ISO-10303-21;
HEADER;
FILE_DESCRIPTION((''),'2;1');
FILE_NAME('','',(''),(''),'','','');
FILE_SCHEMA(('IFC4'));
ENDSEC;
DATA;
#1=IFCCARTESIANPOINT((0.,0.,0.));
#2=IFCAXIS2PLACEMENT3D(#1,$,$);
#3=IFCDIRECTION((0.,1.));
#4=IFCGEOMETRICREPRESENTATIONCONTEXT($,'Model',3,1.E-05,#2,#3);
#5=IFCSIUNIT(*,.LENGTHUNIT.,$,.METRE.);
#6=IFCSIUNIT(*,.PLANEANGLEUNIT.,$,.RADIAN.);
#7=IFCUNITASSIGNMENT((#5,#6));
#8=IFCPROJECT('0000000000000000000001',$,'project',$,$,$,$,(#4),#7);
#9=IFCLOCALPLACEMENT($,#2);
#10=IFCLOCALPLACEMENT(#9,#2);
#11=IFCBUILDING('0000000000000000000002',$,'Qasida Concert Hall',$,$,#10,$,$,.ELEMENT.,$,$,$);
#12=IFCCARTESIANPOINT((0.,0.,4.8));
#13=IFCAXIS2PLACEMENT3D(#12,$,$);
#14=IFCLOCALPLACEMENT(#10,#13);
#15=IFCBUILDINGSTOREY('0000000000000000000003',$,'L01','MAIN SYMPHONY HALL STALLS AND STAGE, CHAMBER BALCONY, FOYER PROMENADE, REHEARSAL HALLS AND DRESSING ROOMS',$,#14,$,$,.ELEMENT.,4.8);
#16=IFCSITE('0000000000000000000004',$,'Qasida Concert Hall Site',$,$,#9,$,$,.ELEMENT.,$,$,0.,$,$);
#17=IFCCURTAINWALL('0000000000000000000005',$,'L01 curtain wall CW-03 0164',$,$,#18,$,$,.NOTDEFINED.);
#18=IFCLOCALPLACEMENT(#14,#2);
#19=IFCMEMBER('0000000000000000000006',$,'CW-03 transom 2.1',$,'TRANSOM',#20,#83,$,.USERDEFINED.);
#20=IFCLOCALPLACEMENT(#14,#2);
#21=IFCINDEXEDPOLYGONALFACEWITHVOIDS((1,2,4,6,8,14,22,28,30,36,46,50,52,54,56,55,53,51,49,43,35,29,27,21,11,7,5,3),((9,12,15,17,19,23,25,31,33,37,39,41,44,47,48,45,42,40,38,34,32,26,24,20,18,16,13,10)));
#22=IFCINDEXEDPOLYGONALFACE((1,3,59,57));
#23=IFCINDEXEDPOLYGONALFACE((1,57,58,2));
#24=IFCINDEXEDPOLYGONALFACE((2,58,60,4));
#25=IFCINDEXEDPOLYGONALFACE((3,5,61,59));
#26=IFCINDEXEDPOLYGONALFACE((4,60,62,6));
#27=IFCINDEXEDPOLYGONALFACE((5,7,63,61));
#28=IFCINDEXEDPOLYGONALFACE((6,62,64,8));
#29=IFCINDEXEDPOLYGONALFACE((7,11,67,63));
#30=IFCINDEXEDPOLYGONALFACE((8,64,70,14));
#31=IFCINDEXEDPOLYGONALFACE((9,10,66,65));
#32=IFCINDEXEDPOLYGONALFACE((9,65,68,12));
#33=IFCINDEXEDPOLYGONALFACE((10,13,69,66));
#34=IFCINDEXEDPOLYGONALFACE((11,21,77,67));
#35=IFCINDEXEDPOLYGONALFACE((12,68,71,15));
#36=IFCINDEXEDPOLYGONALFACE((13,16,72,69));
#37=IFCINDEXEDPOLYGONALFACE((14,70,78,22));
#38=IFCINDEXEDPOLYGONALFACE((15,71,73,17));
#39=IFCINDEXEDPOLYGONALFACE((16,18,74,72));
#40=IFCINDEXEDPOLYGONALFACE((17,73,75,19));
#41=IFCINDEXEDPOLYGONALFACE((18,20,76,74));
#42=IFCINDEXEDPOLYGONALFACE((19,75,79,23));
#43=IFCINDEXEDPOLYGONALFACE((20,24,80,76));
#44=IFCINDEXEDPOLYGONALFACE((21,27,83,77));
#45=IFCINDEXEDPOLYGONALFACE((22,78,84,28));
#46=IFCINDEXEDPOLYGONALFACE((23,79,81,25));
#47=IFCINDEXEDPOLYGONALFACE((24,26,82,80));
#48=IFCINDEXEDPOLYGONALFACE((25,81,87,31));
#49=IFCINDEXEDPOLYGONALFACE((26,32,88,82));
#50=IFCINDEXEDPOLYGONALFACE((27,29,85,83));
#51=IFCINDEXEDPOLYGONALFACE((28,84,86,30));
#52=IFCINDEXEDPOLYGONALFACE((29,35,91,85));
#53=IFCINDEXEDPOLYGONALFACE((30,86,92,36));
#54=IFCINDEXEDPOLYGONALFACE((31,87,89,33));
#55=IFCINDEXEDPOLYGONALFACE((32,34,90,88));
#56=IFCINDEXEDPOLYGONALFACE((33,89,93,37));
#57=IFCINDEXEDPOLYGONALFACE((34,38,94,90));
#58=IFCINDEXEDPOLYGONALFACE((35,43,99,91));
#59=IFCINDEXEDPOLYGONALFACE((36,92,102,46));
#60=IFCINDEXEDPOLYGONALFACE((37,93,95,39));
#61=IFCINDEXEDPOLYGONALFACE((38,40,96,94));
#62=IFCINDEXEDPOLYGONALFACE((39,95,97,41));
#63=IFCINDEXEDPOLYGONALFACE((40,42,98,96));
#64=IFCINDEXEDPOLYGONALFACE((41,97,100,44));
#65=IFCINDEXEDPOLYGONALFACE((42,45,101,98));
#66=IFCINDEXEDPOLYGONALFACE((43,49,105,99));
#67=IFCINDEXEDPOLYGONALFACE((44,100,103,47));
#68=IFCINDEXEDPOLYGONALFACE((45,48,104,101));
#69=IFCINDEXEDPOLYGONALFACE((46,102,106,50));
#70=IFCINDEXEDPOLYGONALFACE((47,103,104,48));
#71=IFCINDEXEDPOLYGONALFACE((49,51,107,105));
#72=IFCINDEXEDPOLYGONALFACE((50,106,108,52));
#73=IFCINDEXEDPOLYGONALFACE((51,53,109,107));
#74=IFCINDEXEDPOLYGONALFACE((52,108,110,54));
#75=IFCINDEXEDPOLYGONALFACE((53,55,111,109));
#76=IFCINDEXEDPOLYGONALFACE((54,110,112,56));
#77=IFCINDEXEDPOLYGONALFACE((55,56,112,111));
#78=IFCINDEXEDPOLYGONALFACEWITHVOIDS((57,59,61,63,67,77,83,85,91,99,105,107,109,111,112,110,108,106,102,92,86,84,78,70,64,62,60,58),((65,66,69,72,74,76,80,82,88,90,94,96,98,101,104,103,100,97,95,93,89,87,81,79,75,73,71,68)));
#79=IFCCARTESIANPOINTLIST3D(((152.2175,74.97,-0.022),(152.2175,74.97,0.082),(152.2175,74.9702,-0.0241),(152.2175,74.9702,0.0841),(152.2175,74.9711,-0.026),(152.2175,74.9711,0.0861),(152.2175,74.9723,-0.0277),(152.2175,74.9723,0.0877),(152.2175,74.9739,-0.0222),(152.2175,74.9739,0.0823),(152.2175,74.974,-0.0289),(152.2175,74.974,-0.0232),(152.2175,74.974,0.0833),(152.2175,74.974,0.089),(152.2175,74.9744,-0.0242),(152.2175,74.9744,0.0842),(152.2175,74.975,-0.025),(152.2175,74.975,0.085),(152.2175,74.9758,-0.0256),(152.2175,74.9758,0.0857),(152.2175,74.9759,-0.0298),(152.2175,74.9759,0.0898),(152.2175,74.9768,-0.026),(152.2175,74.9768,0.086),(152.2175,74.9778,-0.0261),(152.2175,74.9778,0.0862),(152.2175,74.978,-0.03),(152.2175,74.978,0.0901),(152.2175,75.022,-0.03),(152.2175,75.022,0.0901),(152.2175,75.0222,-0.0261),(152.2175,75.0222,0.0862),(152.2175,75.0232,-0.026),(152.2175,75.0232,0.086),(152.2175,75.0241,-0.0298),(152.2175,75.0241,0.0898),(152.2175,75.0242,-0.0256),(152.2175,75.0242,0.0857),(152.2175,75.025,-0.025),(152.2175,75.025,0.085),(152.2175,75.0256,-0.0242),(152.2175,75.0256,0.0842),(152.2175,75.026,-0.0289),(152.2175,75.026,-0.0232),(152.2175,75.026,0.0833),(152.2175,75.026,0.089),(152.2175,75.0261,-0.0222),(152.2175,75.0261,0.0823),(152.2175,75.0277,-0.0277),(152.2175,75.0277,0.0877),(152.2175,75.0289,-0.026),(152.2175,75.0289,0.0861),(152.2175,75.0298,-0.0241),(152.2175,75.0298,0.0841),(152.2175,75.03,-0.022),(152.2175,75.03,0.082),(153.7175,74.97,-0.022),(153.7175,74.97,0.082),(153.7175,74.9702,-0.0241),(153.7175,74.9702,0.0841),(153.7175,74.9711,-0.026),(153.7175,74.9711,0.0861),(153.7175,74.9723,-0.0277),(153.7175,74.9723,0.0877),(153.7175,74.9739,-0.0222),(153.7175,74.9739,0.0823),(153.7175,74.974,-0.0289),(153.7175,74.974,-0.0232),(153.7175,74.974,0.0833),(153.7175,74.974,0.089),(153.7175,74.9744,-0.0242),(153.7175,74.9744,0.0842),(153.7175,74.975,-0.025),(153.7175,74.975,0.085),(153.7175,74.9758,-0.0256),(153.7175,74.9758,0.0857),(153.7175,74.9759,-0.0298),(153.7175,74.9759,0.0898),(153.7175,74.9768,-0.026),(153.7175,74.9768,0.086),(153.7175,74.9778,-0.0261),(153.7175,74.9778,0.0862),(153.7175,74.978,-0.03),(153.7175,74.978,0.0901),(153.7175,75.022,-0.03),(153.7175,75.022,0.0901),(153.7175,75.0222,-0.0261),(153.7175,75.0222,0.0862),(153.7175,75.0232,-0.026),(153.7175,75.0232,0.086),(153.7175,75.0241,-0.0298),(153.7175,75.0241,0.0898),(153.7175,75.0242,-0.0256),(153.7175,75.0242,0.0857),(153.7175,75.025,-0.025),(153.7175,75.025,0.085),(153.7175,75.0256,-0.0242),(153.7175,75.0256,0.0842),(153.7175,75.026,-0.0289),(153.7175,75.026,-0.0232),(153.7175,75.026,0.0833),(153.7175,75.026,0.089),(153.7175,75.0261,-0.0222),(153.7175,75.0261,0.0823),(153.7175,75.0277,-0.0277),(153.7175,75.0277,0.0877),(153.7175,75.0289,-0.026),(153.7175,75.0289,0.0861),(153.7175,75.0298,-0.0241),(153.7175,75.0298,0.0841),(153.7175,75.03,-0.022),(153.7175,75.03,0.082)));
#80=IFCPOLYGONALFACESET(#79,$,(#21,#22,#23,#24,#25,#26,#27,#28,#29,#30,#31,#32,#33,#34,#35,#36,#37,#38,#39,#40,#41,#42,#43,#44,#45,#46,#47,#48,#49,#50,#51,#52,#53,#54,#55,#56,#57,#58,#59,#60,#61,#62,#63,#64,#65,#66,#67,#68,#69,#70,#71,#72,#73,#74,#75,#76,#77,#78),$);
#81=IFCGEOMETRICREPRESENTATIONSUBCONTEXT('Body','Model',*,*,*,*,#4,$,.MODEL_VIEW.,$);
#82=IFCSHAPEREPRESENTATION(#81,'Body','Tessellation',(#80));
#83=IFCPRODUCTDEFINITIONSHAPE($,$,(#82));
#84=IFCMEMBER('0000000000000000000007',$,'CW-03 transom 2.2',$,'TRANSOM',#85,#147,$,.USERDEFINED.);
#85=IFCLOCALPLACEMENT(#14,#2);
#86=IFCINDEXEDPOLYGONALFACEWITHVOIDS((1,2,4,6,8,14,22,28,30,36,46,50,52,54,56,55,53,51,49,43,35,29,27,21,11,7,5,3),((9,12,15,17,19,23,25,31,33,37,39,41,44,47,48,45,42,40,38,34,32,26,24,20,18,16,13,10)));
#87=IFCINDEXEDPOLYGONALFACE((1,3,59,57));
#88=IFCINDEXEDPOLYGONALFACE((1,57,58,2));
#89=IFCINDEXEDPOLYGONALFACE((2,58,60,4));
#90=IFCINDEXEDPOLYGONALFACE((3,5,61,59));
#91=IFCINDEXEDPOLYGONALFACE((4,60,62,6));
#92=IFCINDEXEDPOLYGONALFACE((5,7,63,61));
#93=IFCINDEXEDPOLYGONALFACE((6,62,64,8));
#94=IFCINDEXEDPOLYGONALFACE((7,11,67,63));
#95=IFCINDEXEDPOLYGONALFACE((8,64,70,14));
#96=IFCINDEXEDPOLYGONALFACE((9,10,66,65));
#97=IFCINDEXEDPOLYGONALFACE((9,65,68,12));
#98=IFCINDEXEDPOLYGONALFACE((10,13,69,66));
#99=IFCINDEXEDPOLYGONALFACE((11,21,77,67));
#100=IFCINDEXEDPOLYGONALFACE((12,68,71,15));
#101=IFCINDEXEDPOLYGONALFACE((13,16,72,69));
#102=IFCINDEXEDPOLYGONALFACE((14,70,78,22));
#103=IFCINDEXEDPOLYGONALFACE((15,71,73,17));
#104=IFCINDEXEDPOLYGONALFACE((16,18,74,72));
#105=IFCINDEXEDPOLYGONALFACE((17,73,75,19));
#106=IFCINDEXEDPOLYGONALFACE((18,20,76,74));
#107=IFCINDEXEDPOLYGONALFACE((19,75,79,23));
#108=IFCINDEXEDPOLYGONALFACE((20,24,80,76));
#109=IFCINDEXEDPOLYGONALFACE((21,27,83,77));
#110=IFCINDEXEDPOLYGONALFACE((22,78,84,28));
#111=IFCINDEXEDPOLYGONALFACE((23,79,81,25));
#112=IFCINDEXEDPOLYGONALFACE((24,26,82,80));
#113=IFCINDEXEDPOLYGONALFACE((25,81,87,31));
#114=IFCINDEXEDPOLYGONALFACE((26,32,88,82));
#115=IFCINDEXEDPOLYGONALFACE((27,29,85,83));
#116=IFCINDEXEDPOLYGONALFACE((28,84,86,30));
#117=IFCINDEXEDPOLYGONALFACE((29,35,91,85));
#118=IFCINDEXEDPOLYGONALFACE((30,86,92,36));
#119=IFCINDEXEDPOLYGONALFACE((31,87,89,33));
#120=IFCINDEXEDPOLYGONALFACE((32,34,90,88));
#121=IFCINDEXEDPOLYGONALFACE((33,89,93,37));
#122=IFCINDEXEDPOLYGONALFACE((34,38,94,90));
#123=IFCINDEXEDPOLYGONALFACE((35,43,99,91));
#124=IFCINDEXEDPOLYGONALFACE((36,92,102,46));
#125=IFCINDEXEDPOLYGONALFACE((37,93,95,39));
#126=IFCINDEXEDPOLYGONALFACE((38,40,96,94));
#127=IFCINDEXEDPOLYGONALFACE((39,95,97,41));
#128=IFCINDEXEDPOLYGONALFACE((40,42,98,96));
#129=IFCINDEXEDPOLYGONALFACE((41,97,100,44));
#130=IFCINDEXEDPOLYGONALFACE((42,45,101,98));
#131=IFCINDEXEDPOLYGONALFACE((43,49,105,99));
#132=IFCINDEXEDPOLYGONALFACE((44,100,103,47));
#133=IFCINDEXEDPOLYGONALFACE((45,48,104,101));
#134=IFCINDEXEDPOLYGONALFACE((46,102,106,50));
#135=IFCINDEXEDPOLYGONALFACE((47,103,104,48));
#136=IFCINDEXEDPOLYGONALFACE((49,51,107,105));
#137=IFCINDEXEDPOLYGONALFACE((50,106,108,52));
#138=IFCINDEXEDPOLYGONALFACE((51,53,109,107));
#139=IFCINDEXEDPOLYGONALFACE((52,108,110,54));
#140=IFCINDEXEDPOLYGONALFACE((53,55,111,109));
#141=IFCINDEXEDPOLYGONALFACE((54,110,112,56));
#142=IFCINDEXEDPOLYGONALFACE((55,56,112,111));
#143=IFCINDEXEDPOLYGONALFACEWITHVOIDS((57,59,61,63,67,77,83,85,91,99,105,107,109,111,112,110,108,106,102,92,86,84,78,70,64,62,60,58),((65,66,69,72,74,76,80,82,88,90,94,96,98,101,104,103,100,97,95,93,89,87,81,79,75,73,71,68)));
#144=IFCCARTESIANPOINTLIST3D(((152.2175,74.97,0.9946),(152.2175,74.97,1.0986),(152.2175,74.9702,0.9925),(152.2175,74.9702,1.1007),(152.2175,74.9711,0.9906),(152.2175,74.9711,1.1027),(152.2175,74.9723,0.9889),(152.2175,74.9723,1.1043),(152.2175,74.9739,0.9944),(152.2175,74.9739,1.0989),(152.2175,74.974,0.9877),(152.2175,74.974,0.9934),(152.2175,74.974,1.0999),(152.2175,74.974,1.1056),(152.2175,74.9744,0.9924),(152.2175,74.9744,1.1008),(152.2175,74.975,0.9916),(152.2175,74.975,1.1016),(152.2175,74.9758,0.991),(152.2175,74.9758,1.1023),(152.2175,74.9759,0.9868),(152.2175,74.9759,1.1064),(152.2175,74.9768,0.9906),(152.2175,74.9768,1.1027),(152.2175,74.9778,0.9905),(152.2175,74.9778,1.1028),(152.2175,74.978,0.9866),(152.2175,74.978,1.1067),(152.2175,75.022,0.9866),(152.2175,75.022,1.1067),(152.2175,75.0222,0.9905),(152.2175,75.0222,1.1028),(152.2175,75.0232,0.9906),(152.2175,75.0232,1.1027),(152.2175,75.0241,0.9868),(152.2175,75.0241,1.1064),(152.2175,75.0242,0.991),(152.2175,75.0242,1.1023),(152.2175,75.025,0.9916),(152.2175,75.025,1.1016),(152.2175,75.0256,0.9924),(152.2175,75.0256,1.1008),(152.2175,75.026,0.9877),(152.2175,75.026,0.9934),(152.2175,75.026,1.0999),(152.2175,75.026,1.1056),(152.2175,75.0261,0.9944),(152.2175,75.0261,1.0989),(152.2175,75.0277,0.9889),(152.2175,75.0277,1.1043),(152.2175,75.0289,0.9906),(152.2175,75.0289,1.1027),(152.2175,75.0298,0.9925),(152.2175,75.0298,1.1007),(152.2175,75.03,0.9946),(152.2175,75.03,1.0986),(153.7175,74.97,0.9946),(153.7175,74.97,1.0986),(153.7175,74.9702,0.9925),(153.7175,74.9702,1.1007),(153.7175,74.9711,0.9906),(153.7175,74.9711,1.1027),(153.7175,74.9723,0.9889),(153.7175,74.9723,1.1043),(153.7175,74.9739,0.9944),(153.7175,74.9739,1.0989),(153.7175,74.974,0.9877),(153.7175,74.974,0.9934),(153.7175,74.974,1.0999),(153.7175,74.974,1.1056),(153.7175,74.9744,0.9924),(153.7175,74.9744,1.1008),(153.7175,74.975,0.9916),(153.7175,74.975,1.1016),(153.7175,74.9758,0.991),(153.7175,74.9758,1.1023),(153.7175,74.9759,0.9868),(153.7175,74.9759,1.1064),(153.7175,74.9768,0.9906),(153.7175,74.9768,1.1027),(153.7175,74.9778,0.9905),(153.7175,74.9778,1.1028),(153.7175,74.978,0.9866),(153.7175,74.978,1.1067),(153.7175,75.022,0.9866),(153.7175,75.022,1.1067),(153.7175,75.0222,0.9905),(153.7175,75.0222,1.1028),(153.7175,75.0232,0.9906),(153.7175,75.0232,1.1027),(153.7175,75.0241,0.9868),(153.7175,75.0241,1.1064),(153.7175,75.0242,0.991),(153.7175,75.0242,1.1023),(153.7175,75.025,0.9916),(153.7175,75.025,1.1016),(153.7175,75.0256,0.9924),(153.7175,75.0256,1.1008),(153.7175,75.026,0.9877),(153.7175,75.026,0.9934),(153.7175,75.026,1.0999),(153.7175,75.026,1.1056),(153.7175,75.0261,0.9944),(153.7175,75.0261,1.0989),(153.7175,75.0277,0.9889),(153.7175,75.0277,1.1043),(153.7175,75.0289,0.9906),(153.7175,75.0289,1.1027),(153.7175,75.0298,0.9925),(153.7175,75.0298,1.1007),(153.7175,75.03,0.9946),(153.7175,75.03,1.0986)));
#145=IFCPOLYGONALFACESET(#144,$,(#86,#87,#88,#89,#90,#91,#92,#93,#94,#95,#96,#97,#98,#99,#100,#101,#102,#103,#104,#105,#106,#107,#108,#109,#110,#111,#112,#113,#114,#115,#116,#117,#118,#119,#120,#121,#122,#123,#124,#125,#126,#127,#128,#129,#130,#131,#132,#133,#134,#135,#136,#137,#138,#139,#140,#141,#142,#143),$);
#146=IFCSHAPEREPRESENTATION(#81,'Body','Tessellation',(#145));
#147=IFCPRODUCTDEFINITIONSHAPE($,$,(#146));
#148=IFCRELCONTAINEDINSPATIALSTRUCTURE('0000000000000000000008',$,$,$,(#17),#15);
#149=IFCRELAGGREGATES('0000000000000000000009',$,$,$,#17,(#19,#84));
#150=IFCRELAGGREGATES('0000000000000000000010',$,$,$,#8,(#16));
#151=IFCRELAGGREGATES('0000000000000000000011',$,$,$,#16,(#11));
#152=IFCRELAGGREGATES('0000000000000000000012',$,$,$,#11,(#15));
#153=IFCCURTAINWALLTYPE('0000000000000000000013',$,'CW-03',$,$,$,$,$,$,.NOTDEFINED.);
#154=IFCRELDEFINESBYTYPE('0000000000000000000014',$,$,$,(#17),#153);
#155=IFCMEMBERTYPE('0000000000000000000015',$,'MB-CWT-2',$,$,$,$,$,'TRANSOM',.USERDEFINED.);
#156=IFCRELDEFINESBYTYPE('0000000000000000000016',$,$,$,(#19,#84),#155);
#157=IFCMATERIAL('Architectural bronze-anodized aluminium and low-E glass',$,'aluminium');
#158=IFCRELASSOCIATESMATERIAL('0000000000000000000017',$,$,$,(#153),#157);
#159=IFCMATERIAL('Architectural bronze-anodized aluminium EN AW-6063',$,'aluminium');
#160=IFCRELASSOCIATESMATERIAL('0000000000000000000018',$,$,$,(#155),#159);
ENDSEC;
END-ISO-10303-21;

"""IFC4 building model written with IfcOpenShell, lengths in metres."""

from ifc_helpers import new_model, si_unit, direction, frame, origin, origin_2d, place, context, subcontext, project, spatial, hollow_rectangle, extrude, material, material_profile, profile_set, type_object, element, aggregate, save


model = new_model("IFC4")

# Units and contexts
model_context = context("Model", 3, precision=1e-05, world=origin(), true_north=direction((0.0, 1.0)))
body_context = subcontext(model_context, "Body", "Model", "MODEL_VIEW")
ifc_project = project(units=[si_unit("LENGTHUNIT", "METRE"), si_unit("PLANEANGLEUNIT", "RADIAN")], contexts=[model_context])

# Site, building, storey
site_placement = place(None, origin())
site = spatial("IfcSite", under=ifc_project, at=site_placement, Name="Qasida Concert Hall Site", CompositionType="ELEMENT", RefElevation=0.0)
building_placement = place(site_placement, origin())
building = spatial("IfcBuilding", under=site, at=building_placement, Name="Qasida Concert Hall", CompositionType="ELEMENT")
storey_placement = place(building_placement, frame((0.0, 0.0, 4.8)))
storey = spatial("IfcBuildingStorey", under=building, at=storey_placement, Name="L01", Description="MAIN SYMPHONY HALL STALLS AND STAGE, CHAMBER BALCONY, FOYER PROMENADE, REHEARSAL HALLS AND DRESSING ROOMS", CompositionType="ELEMENT", Elevation=4.8)

# Curtain wall, members
ifc_material_1 = material(Name="Architectural bronze-anodized aluminium and low-E glass", Category="aluminium")
curtain_wall_type = type_object("IfcCurtainWallType", Name="CW-03", PredefinedType="NOTDEFINED", material=ifc_material_1)
curtain_wall_placement = place(storey_placement, origin())
curtain_wall = element("IfcCurtainWall", 1, at=curtain_wall_placement, inside=storey, type_object=curtain_wall_type, Name="L01 curtain wall CW-03 0164", PredefinedType="NOTDEFINED")
ifc_material_2 = material(Name="Architectural bronze-anodized aluminium EN AW-6063", Category="aluminium")
ifc_material_profile_1 = material_profile(ifc_material_2, hollow_rectangle(XDim=0.0601, YDim=0.1201, WallThickness=0.0039, InnerFilletRadius=0.0039, OuterFilletRadius=0.0081, at=origin_2d()), Name="CWT 120x60x4")
ifc_profile_set_1 = profile_set([ifc_material_profile_1], Name="Architectural bronze-anodized aluminium EN AW-6063")
member_type_1 = type_object("IfcMemberType", Name="MB-CWT-2", ElementType="TRANSOM", PredefinedType="USERDEFINED", material=ifc_profile_set_1)
member_1_placement = place(storey_placement, frame((152.2175, 75.0, 0.03), z_axis=(1.0, 0.0, 0.0), x_axis=(0.0, 1.0, 0.0)))
member_1 = element("IfcMember", 2, at=member_1_placement, type_object=member_type_1, Name="CW-03 transom 2.1", ObjectType="TRANSOM", PredefinedType="USERDEFINED", context=body_context, shape_type="SweptSolid", body=[
    extrude(hollow_rectangle(XDim=0.0601, YDim=0.1201, WallThickness=0.0039, InnerFilletRadius=0.0039, OuterFilletRadius=0.0081, at=origin_2d()), origin(), (0.0, 0.0, 1.0), 1.5),
])
member_2_placement = place(storey_placement, frame((152.2175, 75.0, 1.0466), z_axis=(1.0, 0.0, 0.0), x_axis=(0.0, 1.0, 0.0)))
member_2 = element("IfcMember", 3, at=member_2_placement, type_object=member_type_1, Name="CW-03 transom 2.2", ObjectType="TRANSOM", PredefinedType="USERDEFINED", context=body_context, shape_type="SweptSolid", body=[
    extrude(hollow_rectangle(XDim=0.0601, YDim=0.1201, WallThickness=0.0039, InnerFilletRadius=0.0039, OuterFilletRadius=0.0081, at=origin_2d()), origin(), (0.0, 0.0, 1.0), 1.5),
])
aggregate(curtain_wall, [member_1, member_2])

save(model, "model.ifc")
